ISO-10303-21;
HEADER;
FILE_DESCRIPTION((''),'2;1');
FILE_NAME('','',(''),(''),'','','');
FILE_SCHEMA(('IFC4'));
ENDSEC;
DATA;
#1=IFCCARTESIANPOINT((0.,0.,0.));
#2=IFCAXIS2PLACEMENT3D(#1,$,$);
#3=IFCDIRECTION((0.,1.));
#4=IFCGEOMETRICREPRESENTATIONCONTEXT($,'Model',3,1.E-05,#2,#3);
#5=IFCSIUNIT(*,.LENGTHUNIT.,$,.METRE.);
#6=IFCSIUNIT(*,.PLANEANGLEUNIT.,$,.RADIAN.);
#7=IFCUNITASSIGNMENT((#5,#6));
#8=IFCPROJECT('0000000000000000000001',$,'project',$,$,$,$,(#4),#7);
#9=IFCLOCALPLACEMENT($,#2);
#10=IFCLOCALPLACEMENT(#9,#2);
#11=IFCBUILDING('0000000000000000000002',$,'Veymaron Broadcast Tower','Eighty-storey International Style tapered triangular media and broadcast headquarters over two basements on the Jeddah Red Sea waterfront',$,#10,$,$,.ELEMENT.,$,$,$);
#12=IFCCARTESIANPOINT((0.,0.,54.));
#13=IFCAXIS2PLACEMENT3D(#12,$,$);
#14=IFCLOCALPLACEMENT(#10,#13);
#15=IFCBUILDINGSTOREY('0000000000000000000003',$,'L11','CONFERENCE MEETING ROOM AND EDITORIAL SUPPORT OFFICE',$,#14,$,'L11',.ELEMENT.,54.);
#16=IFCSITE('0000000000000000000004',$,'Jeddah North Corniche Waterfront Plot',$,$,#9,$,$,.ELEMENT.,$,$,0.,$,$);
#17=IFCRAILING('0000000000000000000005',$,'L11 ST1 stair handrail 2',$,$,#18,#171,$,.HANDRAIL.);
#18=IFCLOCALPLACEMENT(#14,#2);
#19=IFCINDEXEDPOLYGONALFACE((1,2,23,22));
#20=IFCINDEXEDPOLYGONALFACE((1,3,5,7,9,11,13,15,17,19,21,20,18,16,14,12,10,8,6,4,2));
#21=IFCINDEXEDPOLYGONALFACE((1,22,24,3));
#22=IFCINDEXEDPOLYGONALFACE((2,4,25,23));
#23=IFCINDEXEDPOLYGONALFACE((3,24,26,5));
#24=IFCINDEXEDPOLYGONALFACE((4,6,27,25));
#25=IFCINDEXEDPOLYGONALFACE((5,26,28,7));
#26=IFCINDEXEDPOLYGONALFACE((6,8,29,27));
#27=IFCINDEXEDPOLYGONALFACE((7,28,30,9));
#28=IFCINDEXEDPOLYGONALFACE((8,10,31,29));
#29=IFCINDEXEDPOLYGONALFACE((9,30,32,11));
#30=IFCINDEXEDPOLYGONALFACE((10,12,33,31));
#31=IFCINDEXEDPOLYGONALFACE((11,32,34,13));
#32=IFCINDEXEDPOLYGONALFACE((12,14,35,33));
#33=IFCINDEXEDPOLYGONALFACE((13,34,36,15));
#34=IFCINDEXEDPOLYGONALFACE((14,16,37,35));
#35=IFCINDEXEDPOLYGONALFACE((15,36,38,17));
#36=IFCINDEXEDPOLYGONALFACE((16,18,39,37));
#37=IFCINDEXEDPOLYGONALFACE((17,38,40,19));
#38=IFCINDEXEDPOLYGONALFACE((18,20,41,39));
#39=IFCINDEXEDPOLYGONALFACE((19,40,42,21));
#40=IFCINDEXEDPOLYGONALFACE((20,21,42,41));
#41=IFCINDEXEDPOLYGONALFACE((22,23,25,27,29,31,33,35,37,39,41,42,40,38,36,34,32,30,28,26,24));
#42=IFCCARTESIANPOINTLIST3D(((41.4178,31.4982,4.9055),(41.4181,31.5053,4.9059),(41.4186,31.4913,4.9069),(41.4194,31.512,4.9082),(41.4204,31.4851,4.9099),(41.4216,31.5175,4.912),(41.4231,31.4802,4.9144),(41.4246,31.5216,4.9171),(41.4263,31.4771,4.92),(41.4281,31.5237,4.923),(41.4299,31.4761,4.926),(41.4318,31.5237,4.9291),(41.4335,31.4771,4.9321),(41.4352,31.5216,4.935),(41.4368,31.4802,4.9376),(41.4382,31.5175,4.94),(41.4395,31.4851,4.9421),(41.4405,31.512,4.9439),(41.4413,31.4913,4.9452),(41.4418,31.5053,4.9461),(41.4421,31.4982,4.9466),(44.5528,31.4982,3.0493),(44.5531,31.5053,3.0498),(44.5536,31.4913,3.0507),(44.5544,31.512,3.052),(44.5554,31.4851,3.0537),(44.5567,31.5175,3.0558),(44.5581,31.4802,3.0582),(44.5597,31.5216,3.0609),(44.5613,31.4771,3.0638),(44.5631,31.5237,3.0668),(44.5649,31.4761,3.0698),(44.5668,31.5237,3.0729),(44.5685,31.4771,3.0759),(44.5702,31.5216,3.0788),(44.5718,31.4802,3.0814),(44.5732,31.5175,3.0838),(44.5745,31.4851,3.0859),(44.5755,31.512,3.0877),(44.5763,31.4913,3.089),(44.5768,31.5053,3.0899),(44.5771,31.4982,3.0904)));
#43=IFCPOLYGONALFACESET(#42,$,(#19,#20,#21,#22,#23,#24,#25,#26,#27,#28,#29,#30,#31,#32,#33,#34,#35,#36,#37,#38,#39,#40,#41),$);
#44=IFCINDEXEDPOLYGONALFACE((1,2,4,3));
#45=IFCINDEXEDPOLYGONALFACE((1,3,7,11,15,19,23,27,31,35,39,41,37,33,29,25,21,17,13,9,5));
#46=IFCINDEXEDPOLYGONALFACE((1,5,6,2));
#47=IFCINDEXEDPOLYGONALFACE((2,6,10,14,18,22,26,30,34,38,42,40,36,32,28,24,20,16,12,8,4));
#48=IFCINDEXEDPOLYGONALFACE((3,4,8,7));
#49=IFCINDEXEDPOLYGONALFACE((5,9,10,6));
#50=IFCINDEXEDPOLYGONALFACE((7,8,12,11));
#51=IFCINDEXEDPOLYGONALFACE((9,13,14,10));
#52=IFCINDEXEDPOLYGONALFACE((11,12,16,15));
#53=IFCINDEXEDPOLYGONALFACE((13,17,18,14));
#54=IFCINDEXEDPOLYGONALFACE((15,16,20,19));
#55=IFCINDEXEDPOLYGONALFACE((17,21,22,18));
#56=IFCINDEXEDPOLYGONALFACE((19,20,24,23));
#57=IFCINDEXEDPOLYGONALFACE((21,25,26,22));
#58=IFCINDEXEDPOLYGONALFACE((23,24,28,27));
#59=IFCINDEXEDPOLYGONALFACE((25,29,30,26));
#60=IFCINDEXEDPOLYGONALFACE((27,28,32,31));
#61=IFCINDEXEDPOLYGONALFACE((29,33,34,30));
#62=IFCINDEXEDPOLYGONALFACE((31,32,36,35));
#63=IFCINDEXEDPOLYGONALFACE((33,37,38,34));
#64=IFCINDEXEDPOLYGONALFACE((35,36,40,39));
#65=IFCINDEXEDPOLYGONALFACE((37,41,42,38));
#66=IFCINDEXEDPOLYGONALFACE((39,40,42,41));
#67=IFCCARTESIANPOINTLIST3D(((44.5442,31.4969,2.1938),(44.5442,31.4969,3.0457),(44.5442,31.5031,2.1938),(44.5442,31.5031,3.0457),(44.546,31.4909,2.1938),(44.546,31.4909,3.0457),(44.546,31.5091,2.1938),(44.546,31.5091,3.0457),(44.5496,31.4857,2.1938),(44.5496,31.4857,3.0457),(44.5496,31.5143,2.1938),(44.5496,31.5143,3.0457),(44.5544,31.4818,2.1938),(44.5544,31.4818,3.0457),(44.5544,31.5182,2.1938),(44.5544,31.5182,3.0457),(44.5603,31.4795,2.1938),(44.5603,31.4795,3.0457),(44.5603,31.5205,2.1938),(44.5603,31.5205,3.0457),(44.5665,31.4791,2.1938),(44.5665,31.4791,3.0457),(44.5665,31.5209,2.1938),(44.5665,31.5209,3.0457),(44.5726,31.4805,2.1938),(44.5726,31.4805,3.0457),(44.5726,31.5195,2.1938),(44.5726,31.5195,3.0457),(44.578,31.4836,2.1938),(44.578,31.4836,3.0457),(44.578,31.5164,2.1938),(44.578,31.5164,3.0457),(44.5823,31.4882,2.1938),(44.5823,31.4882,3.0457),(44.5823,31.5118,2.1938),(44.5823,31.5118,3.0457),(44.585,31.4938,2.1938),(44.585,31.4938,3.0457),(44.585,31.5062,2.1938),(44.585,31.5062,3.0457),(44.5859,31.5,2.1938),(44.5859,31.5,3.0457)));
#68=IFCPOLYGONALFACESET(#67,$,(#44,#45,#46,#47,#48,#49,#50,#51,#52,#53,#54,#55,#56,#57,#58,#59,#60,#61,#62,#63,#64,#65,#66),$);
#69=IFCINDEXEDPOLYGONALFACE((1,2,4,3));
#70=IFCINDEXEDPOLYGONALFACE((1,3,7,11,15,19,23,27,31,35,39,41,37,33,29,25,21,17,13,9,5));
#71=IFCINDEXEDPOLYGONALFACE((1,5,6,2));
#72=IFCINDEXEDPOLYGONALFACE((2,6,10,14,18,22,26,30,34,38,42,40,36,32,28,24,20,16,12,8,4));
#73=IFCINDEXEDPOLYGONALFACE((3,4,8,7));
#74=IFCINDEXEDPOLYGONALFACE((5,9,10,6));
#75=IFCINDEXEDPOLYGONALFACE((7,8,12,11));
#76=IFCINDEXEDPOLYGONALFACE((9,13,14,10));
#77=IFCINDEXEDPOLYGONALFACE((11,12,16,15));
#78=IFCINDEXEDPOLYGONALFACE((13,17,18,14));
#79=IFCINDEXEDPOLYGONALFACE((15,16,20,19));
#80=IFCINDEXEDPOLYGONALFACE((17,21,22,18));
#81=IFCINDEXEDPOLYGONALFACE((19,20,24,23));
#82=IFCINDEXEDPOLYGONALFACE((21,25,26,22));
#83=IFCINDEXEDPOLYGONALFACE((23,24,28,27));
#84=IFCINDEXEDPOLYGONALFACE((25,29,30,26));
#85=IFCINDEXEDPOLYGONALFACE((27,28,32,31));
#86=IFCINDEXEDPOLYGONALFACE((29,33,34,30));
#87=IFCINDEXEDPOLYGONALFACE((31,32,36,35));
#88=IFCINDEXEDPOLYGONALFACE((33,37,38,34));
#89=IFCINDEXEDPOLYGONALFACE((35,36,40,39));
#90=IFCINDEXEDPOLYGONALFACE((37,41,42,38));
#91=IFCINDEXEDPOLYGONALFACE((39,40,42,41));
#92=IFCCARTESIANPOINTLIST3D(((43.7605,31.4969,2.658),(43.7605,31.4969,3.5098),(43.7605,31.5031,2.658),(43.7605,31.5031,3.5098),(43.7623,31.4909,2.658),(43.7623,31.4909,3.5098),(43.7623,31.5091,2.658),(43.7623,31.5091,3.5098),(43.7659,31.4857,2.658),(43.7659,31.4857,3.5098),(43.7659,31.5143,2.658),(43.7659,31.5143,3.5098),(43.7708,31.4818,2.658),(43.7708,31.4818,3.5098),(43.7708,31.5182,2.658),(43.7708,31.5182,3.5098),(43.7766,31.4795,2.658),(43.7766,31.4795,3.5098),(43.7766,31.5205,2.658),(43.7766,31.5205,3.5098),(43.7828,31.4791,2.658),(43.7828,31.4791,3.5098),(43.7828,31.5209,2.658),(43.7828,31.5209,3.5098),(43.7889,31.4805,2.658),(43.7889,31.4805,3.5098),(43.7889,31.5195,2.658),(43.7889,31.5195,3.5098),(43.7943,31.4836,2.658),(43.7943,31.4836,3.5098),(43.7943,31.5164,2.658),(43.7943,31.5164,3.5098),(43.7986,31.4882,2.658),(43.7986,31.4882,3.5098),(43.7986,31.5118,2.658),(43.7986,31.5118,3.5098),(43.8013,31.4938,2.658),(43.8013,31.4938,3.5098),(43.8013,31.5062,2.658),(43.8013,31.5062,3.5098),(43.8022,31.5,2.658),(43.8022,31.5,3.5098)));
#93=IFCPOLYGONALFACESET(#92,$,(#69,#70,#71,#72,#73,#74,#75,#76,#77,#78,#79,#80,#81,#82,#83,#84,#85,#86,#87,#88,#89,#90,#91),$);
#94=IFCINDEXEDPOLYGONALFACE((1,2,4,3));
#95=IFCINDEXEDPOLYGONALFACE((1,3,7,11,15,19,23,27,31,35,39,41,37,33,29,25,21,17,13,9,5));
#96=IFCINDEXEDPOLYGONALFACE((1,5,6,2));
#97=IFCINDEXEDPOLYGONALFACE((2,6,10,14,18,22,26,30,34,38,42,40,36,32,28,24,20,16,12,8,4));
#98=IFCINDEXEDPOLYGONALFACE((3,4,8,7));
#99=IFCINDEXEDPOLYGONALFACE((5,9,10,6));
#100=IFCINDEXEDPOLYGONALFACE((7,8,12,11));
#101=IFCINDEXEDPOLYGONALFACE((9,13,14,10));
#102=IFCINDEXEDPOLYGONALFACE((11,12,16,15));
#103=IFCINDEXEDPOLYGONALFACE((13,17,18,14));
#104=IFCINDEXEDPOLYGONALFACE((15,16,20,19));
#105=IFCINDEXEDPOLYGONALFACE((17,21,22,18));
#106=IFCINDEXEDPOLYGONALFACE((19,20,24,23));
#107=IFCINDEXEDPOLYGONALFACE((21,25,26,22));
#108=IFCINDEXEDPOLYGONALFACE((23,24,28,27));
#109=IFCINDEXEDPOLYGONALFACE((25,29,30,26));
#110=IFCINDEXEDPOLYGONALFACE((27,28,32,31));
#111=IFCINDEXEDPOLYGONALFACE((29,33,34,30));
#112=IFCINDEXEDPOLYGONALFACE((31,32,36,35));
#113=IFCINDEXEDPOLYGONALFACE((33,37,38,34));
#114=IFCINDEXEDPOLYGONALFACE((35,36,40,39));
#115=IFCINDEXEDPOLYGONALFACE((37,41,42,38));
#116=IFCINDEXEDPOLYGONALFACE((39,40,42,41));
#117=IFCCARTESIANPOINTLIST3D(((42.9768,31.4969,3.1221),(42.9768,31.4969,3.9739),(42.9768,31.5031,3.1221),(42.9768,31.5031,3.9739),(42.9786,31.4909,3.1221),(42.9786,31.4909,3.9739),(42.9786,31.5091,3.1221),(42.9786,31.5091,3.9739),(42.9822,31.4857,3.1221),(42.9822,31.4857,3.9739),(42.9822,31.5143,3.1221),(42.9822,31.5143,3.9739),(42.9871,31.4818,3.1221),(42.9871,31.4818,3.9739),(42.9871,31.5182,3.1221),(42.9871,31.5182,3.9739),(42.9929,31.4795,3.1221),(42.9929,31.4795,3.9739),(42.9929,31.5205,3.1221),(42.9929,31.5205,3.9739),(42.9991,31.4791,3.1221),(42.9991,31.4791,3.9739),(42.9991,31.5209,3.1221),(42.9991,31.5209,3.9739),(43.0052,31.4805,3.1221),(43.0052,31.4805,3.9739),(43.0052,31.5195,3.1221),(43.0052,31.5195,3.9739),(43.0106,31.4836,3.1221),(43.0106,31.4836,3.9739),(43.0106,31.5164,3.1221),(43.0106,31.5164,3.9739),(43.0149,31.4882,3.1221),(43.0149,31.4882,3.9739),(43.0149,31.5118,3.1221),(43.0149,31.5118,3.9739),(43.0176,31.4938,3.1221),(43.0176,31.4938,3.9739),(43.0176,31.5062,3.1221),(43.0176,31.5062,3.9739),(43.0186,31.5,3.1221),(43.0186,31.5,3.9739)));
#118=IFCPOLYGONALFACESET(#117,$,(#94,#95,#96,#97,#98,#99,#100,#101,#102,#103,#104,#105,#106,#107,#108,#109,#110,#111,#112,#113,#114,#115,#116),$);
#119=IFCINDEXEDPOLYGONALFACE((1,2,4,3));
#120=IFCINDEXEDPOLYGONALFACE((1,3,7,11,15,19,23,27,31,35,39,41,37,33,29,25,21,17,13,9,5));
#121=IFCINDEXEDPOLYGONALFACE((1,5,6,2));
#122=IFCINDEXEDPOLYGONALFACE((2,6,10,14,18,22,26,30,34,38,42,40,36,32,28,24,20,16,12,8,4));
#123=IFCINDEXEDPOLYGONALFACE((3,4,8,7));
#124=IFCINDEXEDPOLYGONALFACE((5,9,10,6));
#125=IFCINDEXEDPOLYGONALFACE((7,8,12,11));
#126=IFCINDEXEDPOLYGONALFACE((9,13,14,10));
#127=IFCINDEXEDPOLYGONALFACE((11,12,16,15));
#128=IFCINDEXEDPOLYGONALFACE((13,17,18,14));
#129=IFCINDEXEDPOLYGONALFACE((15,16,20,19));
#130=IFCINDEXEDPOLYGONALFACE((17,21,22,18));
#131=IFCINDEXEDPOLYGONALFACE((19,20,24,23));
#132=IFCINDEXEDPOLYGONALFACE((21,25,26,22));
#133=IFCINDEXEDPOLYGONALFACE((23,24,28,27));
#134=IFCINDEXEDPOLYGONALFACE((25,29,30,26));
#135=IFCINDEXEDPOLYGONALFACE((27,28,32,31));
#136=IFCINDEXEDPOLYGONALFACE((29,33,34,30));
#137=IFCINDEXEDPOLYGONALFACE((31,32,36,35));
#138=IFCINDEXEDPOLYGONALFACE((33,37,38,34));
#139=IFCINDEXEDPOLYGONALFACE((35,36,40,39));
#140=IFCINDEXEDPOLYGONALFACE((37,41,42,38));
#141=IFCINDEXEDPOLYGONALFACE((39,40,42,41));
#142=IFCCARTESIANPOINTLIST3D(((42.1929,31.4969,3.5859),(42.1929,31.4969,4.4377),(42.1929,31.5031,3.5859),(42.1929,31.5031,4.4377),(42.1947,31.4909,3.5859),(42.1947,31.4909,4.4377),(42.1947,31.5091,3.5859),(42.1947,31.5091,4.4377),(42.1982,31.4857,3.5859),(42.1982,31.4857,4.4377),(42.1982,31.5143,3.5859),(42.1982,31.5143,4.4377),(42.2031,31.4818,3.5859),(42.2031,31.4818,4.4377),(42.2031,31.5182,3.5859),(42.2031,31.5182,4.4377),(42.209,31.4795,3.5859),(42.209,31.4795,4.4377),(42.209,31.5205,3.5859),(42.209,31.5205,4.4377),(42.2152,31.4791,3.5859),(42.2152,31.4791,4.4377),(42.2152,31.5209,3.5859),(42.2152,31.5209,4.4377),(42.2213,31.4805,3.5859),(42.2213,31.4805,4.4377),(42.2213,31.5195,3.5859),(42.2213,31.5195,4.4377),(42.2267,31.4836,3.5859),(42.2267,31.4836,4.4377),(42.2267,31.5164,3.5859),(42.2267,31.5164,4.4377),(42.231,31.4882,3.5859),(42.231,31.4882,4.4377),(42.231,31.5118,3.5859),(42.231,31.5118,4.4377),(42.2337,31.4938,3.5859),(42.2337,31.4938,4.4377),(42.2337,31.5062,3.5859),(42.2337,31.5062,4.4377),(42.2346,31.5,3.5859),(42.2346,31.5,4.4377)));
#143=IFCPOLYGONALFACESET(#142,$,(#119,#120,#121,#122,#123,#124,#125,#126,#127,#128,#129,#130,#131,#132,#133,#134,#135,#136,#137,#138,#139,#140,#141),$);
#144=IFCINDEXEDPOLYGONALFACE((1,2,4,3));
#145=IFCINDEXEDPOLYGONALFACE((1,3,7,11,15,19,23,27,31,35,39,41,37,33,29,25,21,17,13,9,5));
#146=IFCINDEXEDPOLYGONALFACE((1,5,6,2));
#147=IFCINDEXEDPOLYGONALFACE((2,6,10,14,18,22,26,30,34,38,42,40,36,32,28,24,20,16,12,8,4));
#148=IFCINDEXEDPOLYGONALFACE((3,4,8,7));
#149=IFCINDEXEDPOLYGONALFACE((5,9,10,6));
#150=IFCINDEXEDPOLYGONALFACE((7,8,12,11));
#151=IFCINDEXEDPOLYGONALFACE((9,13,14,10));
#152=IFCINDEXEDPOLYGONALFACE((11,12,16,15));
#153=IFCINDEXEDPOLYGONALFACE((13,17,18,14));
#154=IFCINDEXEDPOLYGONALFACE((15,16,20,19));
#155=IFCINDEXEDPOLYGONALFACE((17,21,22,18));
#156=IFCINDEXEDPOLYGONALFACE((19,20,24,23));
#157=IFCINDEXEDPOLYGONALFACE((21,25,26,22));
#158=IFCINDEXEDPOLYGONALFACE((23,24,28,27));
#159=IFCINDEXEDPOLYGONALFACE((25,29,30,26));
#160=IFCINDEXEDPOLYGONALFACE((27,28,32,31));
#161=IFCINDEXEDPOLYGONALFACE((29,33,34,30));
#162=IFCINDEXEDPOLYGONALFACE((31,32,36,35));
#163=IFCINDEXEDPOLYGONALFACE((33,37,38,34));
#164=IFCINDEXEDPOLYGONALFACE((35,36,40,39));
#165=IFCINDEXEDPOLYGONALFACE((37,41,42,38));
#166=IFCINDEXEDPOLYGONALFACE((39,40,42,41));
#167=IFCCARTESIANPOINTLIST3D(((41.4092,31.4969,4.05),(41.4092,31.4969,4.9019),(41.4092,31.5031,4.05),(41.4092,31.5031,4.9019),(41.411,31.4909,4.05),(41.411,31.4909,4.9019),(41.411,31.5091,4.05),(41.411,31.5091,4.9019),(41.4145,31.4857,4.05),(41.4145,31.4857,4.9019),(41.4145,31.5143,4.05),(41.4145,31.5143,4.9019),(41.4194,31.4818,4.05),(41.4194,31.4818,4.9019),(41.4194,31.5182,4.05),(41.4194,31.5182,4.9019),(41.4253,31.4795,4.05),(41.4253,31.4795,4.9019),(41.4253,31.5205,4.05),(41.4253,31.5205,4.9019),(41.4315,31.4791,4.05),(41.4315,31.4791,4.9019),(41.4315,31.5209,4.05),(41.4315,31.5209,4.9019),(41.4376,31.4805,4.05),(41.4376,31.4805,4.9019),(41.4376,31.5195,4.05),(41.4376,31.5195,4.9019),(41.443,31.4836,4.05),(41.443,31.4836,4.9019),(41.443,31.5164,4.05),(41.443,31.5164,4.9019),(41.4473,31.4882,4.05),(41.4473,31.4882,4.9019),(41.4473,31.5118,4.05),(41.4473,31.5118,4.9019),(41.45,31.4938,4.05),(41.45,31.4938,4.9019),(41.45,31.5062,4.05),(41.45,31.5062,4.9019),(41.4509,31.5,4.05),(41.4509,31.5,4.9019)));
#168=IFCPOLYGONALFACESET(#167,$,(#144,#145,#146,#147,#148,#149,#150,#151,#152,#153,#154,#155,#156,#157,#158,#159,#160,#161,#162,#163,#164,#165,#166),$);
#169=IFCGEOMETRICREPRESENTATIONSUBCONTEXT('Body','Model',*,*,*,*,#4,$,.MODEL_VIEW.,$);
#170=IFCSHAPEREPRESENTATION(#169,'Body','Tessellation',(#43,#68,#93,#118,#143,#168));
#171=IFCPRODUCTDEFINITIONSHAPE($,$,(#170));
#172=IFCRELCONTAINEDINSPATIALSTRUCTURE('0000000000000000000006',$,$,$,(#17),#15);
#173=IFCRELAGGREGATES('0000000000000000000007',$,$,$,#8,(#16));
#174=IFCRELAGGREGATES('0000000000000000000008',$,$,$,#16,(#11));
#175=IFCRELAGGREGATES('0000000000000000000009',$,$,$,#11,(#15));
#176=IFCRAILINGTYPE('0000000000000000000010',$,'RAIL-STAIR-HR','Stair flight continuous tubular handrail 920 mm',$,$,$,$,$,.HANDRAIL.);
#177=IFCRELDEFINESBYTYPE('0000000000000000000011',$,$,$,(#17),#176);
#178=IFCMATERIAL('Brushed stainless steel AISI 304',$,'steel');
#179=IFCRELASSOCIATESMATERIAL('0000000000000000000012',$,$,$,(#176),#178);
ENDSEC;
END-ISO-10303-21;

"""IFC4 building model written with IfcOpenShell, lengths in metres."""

from ifc_helpers import new_model, si_unit, direction, frame, origin, origin_2d, place, context, subcontext, project, spatial, circle, extrude, material, type_object, element, save


model = new_model("IFC4")

# Units and contexts
model_context = context("Model", 3, precision=1e-05, world=origin(), true_north=direction((0.0, 1.0)))
body_context = subcontext(model_context, "Body", "Model", "MODEL_VIEW")
ifc_project = project(units=[si_unit("LENGTHUNIT", "METRE"), si_unit("PLANEANGLEUNIT", "RADIAN")], contexts=[model_context])

# Site, building, storey
site_placement = place(None, origin())
site = spatial("IfcSite", under=ifc_project, at=site_placement, Name="Jeddah North Corniche Waterfront Plot", CompositionType="ELEMENT", RefElevation=0.0)
building_placement = place(site_placement, origin())
building = spatial("IfcBuilding", under=site, at=building_placement, Name="Veymaron Broadcast Tower", Description="Eighty-storey International Style tapered triangular media and broadcast headquarters over two basements on the Jeddah Red Sea waterfront", CompositionType="ELEMENT")
storey_placement = place(building_placement, frame((0.0, 0.0, 54.0)))
storey = spatial("IfcBuildingStorey", under=building, at=storey_placement, Name="L11", Description="CONFERENCE MEETING ROOM AND EDITORIAL SUPPORT OFFICE", LongName="L11", CompositionType="ELEMENT", Elevation=54.0)

# Railing
ifc_material_1 = material(Name="Brushed stainless steel AISI 304", Category="steel")
railing_type_1 = type_object("IfcRailingType", Name="RAIL-STAIR-HR", Description="Stair flight continuous tubular handrail 920 mm", PredefinedType="HANDRAIL", material=ifc_material_1)
railing_1_placement = place(storey_placement, frame((44.5649, 31.5, 2.1938)))
element("IfcRailing", 1, at=railing_1_placement, inside=storey, type_object=railing_type_1, Name="L11 ST1 stair handrail 2", PredefinedType="HANDRAIL", context=body_context, shape_type="SweptSolid", body=[
    extrude(circle(Radius=0.0239, at=origin_2d()), frame((0.0, 0.0, 0.876), z_axis=(-0.860482, 0.0, 0.509481), x_axis=(0.0, -1.0, 0.0)), (0.0, 0.0, 1.0), 3.6433),
    extrude(circle(Radius=0.021, at=origin_2d()), origin(), (0.0, 0.0, 1.0), 0.8518),
    extrude(circle(Radius=0.021, at=origin_2d()), frame((-0.7837, 0.0, 0.4641)), (0.0, 0.0, 1.0), 0.8518),
    extrude(circle(Radius=0.021, at=origin_2d()), frame((-1.5674, 0.0, 0.9282)), (0.0, 0.0, 1.0), 0.8518),
    extrude(circle(Radius=0.021, at=origin_2d()), frame((-2.3513, 0.0, 1.3921)), (0.0, 0.0, 1.0), 0.8518),
    extrude(circle(Radius=0.021, at=origin_2d()), frame((-3.135, 0.0, 1.8562)), (0.0, 0.0, 1.0), 0.8518),
])

save(model, "model.ifc")
